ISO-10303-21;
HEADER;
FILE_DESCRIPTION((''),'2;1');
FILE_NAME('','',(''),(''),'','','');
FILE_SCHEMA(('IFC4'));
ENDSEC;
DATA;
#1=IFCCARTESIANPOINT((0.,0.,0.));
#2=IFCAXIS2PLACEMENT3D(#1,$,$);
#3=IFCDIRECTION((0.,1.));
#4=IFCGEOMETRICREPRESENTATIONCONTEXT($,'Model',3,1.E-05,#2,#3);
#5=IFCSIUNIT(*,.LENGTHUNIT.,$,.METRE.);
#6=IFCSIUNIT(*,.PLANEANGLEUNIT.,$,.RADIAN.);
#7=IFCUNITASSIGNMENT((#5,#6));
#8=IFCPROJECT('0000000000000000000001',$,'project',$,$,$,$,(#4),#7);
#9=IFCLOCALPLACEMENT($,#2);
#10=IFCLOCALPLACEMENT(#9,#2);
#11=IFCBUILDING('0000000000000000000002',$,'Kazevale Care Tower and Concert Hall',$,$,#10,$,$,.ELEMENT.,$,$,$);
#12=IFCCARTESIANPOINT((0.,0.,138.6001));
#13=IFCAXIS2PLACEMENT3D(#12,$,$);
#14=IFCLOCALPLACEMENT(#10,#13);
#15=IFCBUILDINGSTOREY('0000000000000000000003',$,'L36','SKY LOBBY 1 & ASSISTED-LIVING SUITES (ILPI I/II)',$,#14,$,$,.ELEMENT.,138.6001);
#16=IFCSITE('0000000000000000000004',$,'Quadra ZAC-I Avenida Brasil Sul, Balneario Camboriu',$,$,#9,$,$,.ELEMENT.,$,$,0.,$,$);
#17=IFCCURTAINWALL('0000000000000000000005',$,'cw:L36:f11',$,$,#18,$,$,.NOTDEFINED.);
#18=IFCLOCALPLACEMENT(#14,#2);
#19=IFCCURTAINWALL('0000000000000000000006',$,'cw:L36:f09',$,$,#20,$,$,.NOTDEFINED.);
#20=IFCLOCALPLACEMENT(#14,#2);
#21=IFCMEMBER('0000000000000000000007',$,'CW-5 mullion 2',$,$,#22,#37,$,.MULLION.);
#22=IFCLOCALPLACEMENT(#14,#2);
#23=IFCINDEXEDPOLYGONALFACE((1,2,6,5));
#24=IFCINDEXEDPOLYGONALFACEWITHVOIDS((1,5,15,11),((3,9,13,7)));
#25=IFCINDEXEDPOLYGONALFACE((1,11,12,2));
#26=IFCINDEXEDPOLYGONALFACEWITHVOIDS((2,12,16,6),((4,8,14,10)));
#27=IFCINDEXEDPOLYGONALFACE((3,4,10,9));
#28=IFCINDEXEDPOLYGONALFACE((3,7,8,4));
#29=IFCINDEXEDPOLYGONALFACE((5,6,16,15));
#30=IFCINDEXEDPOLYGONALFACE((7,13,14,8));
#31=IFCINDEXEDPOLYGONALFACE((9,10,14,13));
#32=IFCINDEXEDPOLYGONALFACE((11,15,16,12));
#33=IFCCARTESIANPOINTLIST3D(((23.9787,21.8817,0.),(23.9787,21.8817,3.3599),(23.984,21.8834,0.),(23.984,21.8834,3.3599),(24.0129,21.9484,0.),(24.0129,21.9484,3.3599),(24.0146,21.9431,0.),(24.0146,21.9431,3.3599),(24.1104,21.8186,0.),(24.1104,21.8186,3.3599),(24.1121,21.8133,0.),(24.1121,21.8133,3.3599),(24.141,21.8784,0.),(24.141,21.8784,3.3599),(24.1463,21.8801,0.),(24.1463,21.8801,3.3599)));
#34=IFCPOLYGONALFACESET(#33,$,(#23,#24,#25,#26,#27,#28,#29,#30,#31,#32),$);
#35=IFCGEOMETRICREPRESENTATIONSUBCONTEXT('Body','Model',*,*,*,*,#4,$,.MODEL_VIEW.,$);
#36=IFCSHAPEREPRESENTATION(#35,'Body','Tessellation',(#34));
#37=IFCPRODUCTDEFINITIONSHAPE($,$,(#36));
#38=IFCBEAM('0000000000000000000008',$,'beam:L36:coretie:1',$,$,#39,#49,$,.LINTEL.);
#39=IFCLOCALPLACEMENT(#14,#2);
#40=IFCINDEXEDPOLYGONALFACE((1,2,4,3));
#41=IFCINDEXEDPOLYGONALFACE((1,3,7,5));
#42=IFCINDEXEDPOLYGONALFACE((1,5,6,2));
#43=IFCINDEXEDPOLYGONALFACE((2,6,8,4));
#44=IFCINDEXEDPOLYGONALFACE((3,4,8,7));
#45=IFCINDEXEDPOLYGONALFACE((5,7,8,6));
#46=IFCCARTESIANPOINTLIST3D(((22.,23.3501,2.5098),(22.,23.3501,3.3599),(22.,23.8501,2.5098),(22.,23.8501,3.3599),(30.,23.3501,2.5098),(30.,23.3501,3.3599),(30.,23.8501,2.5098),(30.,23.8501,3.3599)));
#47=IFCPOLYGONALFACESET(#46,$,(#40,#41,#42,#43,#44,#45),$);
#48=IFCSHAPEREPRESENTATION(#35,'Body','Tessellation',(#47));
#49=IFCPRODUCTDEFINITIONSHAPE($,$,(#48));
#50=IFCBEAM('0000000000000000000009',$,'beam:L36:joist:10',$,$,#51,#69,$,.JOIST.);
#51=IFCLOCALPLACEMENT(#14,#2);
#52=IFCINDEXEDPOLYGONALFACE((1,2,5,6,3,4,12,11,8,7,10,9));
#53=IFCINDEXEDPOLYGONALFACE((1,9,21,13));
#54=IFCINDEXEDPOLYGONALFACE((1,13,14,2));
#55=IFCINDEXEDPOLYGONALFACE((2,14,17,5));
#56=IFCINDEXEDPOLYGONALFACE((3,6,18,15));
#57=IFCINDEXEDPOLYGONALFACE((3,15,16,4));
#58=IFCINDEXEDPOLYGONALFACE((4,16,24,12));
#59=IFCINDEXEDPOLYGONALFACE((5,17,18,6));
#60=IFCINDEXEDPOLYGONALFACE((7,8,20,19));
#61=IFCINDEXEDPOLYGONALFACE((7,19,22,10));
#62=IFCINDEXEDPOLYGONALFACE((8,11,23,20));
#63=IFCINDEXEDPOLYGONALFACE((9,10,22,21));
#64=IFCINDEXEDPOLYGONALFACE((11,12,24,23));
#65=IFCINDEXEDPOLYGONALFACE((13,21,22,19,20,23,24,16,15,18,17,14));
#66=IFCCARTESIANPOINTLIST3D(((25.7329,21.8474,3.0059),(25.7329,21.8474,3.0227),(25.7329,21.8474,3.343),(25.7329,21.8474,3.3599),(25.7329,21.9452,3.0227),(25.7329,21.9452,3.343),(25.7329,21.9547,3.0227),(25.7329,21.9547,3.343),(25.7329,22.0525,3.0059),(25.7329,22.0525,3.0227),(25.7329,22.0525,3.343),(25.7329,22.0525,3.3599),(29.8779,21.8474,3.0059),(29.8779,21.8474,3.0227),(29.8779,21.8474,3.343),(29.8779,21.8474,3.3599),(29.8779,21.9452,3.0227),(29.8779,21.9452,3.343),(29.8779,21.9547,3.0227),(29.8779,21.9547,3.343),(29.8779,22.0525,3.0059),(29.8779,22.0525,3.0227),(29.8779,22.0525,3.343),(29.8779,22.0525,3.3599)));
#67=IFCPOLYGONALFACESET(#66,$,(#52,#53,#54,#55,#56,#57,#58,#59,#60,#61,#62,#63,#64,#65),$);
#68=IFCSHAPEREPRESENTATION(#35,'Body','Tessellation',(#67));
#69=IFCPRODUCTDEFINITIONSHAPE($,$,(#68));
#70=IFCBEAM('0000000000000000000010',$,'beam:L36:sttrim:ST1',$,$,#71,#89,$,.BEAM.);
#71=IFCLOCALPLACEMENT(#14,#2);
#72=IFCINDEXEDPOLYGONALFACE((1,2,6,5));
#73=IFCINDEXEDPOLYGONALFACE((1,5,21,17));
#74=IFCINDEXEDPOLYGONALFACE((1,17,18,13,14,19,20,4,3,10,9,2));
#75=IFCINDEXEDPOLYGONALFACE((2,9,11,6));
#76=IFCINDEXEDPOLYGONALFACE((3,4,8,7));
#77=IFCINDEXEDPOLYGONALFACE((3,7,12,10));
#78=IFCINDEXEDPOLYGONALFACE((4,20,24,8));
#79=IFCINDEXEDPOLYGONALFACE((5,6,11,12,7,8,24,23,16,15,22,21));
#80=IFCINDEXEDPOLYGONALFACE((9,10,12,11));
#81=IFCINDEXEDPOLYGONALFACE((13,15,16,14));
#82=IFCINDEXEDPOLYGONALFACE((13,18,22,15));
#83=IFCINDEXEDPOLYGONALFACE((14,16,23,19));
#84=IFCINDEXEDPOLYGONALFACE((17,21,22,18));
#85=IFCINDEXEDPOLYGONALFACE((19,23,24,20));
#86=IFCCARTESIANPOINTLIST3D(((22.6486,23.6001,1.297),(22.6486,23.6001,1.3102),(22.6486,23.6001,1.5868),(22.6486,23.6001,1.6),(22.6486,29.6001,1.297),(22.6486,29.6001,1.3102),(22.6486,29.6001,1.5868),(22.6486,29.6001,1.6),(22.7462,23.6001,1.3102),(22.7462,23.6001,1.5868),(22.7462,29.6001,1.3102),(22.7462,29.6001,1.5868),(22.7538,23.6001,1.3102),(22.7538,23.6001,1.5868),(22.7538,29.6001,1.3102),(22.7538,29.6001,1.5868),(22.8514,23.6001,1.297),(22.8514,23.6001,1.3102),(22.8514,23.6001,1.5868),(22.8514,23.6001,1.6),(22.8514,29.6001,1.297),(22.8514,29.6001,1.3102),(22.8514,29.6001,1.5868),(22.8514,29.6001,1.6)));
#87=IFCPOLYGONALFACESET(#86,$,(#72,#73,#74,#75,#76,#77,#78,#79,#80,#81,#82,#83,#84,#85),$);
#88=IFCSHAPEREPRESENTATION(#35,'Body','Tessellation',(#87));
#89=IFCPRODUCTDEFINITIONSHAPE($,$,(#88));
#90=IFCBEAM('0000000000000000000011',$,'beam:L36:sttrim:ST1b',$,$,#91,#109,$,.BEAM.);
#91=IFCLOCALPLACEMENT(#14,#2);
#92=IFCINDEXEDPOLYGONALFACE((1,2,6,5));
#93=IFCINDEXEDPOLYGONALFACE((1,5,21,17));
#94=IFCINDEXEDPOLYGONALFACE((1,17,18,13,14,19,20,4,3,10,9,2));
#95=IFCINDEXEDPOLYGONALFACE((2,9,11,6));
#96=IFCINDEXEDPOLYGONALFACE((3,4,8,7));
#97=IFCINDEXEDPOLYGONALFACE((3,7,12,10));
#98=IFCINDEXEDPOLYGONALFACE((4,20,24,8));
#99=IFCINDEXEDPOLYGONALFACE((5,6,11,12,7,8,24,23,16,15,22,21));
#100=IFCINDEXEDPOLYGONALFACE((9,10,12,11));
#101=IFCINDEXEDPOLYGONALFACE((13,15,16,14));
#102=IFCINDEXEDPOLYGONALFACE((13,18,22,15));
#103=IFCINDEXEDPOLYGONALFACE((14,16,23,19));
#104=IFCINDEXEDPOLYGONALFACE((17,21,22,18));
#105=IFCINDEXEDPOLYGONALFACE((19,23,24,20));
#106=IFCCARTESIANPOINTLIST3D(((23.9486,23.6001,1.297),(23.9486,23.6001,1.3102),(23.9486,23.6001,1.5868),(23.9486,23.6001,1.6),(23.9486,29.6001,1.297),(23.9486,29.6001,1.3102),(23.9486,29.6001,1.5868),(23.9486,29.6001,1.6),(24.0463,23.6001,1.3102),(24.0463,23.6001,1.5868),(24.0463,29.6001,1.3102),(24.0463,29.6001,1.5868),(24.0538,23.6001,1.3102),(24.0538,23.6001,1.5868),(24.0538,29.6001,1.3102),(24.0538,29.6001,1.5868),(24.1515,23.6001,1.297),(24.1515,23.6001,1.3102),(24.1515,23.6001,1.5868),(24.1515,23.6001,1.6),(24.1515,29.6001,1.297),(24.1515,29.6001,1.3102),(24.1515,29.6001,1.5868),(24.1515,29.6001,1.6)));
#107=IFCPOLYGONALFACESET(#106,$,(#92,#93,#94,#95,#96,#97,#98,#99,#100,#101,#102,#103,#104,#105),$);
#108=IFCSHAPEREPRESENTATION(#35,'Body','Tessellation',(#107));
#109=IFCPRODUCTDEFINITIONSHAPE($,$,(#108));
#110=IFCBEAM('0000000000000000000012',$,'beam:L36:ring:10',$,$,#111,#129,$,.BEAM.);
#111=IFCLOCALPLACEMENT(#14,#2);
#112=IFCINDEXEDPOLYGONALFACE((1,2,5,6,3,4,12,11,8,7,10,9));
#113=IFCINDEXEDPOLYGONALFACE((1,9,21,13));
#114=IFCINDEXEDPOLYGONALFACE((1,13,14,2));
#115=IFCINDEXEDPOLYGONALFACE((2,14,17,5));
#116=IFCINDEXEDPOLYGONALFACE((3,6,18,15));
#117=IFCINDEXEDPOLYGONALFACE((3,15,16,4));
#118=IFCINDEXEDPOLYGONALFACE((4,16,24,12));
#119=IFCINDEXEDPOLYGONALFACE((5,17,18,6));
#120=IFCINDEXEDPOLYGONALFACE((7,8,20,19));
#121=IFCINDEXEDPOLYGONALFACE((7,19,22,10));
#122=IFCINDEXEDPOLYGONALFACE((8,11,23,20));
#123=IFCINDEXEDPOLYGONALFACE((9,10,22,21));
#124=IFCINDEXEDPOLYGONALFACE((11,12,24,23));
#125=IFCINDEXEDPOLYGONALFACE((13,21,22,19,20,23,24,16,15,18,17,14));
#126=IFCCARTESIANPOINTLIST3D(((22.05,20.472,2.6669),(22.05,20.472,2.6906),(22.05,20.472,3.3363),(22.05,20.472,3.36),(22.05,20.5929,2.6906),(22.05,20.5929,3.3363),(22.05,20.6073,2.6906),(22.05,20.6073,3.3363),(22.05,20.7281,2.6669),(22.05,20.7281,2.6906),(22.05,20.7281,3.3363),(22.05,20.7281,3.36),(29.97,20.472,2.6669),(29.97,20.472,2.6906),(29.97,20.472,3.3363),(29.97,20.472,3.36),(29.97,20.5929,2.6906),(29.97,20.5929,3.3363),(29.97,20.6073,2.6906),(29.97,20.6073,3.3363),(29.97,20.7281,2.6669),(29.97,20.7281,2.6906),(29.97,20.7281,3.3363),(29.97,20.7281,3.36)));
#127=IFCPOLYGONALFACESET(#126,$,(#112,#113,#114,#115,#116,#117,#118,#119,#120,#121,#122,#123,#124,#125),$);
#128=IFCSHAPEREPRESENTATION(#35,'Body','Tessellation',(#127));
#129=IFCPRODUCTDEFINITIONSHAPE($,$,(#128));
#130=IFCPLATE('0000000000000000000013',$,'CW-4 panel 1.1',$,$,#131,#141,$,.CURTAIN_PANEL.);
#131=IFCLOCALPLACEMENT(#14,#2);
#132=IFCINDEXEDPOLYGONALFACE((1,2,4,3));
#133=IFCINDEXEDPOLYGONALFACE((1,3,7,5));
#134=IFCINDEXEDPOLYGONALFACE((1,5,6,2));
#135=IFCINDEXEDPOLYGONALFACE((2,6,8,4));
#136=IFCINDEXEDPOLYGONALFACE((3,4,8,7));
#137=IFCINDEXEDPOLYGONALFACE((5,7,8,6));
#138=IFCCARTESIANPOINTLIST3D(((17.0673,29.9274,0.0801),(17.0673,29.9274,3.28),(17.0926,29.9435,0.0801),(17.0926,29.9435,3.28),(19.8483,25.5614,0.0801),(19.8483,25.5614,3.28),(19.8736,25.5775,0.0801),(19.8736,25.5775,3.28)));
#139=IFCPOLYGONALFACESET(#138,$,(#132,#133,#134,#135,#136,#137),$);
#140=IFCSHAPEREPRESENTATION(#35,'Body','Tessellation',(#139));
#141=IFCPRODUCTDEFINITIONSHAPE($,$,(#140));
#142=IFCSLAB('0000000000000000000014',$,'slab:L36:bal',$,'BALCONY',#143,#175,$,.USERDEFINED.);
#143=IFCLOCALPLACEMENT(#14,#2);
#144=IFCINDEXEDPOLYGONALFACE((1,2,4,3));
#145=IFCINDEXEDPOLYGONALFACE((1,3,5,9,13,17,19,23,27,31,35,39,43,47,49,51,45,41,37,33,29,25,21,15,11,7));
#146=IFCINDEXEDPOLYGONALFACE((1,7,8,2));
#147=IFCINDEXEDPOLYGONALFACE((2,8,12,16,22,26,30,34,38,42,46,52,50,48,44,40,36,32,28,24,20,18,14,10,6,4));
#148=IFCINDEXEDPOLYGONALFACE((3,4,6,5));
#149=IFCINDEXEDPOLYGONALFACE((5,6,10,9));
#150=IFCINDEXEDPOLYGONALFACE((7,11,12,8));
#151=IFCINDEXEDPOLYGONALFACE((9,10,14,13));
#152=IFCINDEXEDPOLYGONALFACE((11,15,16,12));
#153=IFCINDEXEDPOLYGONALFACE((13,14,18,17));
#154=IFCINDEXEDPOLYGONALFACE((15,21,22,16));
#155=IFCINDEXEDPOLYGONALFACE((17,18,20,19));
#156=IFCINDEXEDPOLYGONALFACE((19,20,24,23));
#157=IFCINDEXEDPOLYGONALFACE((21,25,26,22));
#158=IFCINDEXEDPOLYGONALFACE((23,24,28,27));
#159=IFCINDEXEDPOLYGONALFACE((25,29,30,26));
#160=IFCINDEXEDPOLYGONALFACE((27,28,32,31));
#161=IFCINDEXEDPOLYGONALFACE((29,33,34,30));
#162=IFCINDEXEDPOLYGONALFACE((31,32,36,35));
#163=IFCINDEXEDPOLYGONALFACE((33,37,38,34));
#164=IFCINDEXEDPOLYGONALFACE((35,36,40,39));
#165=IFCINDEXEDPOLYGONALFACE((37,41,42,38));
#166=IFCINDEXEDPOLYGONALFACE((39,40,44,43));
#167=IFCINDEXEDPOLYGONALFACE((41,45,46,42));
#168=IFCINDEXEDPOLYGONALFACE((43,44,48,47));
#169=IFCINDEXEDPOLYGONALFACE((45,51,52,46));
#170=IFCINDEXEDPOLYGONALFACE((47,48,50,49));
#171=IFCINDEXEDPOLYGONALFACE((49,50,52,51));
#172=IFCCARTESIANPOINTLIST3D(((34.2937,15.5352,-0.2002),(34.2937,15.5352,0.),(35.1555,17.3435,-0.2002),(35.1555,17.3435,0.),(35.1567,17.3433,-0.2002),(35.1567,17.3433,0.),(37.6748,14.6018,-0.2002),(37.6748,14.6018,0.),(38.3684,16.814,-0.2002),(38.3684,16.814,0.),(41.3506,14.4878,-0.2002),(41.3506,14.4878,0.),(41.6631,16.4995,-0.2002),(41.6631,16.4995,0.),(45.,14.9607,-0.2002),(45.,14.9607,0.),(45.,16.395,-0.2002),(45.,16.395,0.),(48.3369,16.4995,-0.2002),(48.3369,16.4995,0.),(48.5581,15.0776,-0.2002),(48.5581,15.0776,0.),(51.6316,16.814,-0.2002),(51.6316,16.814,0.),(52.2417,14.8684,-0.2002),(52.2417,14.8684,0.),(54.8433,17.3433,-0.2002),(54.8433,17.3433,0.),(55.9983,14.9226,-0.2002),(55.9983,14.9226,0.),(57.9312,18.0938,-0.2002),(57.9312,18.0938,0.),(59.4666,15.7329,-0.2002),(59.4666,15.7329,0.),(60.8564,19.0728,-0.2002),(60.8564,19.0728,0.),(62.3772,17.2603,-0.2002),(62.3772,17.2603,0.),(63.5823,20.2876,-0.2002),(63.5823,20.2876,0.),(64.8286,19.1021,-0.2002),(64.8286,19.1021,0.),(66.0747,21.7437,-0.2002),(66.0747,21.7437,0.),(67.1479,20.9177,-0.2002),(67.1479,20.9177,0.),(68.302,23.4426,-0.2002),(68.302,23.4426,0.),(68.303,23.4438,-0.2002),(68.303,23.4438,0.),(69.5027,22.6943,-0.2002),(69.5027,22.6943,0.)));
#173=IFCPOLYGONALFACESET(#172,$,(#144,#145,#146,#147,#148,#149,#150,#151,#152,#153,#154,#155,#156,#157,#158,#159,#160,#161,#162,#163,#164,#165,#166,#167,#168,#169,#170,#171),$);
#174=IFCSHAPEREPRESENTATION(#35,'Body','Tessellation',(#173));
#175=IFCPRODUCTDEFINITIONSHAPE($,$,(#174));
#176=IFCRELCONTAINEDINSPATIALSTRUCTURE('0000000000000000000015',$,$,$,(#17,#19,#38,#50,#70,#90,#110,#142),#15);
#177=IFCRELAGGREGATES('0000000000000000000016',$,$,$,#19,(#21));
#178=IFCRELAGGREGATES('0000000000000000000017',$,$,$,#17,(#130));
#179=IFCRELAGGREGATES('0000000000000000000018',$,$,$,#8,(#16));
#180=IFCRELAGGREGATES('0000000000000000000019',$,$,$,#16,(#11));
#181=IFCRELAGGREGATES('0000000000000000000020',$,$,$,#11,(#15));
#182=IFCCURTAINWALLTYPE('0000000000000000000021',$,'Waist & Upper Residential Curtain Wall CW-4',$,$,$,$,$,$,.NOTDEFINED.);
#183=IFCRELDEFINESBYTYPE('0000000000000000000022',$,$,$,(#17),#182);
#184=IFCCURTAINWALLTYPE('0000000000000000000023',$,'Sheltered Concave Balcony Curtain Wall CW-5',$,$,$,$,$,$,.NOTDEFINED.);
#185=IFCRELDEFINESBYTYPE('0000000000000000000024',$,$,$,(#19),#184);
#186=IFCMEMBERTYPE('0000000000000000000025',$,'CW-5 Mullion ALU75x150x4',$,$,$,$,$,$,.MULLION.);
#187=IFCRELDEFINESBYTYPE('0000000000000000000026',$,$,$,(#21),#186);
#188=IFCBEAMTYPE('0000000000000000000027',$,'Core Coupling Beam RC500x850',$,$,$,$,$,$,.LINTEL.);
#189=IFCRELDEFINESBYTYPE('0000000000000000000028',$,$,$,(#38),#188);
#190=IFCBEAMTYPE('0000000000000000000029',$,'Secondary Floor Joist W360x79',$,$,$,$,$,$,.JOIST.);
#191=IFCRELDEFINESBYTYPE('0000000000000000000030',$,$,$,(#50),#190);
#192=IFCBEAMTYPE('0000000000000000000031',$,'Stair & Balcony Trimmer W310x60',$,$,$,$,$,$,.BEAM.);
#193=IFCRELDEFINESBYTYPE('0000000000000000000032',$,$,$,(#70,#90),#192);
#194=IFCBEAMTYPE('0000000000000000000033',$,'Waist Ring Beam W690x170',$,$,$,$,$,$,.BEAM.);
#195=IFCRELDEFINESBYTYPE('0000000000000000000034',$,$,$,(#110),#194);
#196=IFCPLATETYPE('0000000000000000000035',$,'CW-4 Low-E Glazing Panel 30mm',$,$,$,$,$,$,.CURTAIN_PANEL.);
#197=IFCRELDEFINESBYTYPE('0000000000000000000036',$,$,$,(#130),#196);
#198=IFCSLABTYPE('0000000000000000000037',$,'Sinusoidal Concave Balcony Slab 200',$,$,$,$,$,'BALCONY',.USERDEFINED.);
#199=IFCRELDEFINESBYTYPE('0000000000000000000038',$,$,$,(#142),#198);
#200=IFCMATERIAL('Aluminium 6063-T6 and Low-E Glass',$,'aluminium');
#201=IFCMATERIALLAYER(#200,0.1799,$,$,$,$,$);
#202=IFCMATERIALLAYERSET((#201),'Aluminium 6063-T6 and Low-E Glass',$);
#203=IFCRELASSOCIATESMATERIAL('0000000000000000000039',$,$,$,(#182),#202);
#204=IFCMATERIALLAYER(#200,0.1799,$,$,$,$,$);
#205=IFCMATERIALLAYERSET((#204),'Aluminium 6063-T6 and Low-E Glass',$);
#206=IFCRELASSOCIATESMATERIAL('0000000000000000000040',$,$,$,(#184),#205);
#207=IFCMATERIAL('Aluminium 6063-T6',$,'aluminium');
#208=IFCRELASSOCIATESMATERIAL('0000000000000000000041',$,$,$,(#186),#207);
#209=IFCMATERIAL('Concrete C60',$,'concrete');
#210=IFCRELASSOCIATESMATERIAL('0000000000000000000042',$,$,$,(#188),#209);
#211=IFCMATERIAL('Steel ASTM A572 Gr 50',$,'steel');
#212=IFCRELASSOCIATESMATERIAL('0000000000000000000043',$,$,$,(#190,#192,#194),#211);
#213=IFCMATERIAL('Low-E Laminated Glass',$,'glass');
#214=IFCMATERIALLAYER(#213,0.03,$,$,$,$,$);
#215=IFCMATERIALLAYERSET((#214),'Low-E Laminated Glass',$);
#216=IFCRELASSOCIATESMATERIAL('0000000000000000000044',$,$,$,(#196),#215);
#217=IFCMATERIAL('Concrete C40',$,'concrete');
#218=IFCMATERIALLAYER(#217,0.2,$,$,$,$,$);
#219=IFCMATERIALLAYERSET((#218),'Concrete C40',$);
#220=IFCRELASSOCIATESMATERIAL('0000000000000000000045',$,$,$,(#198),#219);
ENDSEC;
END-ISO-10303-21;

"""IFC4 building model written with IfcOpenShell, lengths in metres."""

from ifc_helpers import new_model, si_unit, direction, frame, origin, origin_2d, place, context, subcontext, project, spatial, polyline, rectangle, hollow_rectangle, i_section, outline, extrude, material, layer, layer_set, material_profile, profile_set, type_object, element, aggregate, save


model = new_model("IFC4")

# Units and contexts
model_context = context("Model", 3, precision=1e-05, world=origin(), true_north=direction((0.0, 1.0)))
body_context = subcontext(model_context, "Body", "Model", "MODEL_VIEW")
ifc_project = project(units=[si_unit("LENGTHUNIT", "METRE"), si_unit("PLANEANGLEUNIT", "RADIAN")], contexts=[model_context])

# Site, building, storey
site_placement = place(None, origin())
site = spatial("IfcSite", under=ifc_project, at=site_placement, Name="Quadra ZAC-I Avenida Brasil Sul, Balneario Camboriu", CompositionType="ELEMENT", RefElevation=0.0)
building_placement = place(site_placement, origin())
building = spatial("IfcBuilding", under=site, at=building_placement, Name="Kazevale Care Tower and Concert Hall", CompositionType="ELEMENT")
storey_placement = place(building_placement, frame((0.0, 0.0, 138.6001)))
storey = spatial("IfcBuildingStorey", under=building, at=storey_placement, Name="L36", Description="SKY LOBBY 1 & ASSISTED-LIVING SUITES (ILPI I/II)", CompositionType="ELEMENT", Elevation=138.6001)

# Shared definitions
ifc_material_1 = material(Name="Concrete C60", Category="concrete")

# Curtain wall
ifc_material_2 = material(Name="Aluminium 6063-T6 and Low-E Glass", Category="aluminium")
ifc_layer_1 = layer(ifc_material_2, 0.1799)
ifc_layer_set_1 = layer_set([ifc_layer_1], Name="Aluminium 6063-T6 and Low-E Glass")
curtain_wall_type_1 = type_object("IfcCurtainWallType", Name="Waist & Upper Residential Curtain Wall CW-4", PredefinedType="NOTDEFINED", material=ifc_layer_set_1)
curtain_wall_1_placement = place(storey_placement, origin())
curtain_wall_1 = element("IfcCurtainWall", 1, at=curtain_wall_1_placement, inside=storey, type_object=curtain_wall_type_1, Name="cw:L36:f11", PredefinedType="NOTDEFINED")
ifc_material_3 = material(Name="Aluminium 6063-T6", Category="aluminium")

# Curtain wall, member
ifc_layer_2 = layer(ifc_material_2, 0.1799)
ifc_layer_set_2 = layer_set([ifc_layer_2], Name="Aluminium 6063-T6 and Low-E Glass")
curtain_wall_type_2 = type_object("IfcCurtainWallType", Name="Sheltered Concave Balcony Curtain Wall CW-5", PredefinedType="NOTDEFINED", material=ifc_layer_set_2)
curtain_wall_2_placement = place(storey_placement, origin())
curtain_wall_2 = element("IfcCurtainWall", 2, at=curtain_wall_2_placement, inside=storey, type_object=curtain_wall_type_2, Name="cw:L36:f09", PredefinedType="NOTDEFINED")
ifc_material_profile_1 = material_profile(ifc_material_3, hollow_rectangle(XDim=0.075, YDim=0.1499, WallThickness=0.0039, at=origin_2d()), Name="ALU75x150x4")
ifc_profile_set_1 = profile_set([ifc_material_profile_1], Name="Aluminium 6063-T6")
member_type_1 = type_object("IfcMemberType", Name="CW-5 Mullion ALU75x150x4", PredefinedType="MULLION", material=ifc_profile_set_1)
member_1_placement = place(storey_placement, frame((24.0625, 21.8809, 0.0), z_axis=(0.0, 0.0, 1.0), x_axis=(-0.455713, -0.890127, 0.0)))
member_1 = element("IfcMember", 3, at=member_1_placement, type_object=member_type_1, Name="CW-5 mullion 2", PredefinedType="MULLION", context=body_context, shape_type="SweptSolid", body=[
    extrude(hollow_rectangle(XDim=0.075, YDim=0.1499, WallThickness=0.0039, at=origin_2d()), origin(), (0.0, 0.0, 1.0), 3.3599),
])
aggregate(curtain_wall_2, [member_1])

# Beams
ifc_material_profile_2 = material_profile(ifc_material_1, rectangle(XDim=0.5, YDim=0.8501, at=origin_2d()), Name="RC-B500x850")
ifc_profile_set_2 = profile_set([ifc_material_profile_2], Name="Concrete C60")
beam_type_1 = type_object("IfcBeamType", Name="Core Coupling Beam RC500x850", PredefinedType="LINTEL", material=ifc_profile_set_2)
beam_1_placement = place(storey_placement, frame((22.0, 23.6001, 2.9348), z_axis=(1.0, 0.0, 0.0), x_axis=(0.0, 1.0, 0.0)))
element("IfcBeam", 4, at=beam_1_placement, inside=storey, type_object=beam_type_1, Name="beam:L36:coretie:1", PredefinedType="LINTEL", context=body_context, shape_type="SweptSolid", body=[
    extrude(rectangle(XDim=0.5, YDim=0.8501, at=origin_2d()), origin(), (0.0, 0.0, 1.0), 8.0),
])
ifc_material_4 = material(Name="Steel ASTM A572 Gr 50", Category="steel")
ifc_material_profile_3 = material_profile(ifc_material_4, i_section(OverallWidth=0.2051, OverallDepth=0.354, WebThickness=0.0095, FlangeThickness=0.0168, at=origin_2d()), Name="W360x79")
ifc_profile_set_3 = profile_set([ifc_material_profile_3], Name="Steel ASTM A572 Gr 50")
beam_type_2 = type_object("IfcBeamType", Name="Secondary Floor Joist W360x79", PredefinedType="JOIST", material=ifc_profile_set_3)
beam_2_placement = place(storey_placement, frame((25.7329, 21.95, 3.1829), z_axis=(1.0, 0.0, 0.0), x_axis=(0.0, 1.0, 0.0)))
element("IfcBeam", 5, at=beam_2_placement, inside=storey, type_object=beam_type_2, Name="beam:L36:joist:10", PredefinedType="JOIST", context=body_context, shape_type="SweptSolid", body=[
    extrude(i_section(OverallWidth=0.2051, OverallDepth=0.354, WebThickness=0.0095, FlangeThickness=0.0168, at=origin_2d()), origin(), (0.0, 0.0, 1.0), 4.145),
])
ifc_material_profile_4 = material_profile(ifc_material_4, i_section(OverallWidth=0.2029, OverallDepth=0.303, WebThickness=0.0076, FlangeThickness=0.0132, at=origin_2d()), Name="W310x60")
ifc_profile_set_4 = profile_set([ifc_material_profile_4], Name="Steel ASTM A572 Gr 50")
beam_type_3 = type_object("IfcBeamType", Name="Stair & Balcony Trimmer W310x60", PredefinedType="BEAM", material=ifc_profile_set_4)
for number, where, z_axis, x_axis, name in (
    (6, (22.75, 23.6001, 1.4485), (0.0, 1.0, 0.0), (-1.0, 0.0, 0.0), "beam:L36:sttrim:ST1"),
    (7, (24.05, 23.6001, 1.4485), (0.0, 1.0, 0.0), (-1.0, 0.0, 0.0), "beam:L36:sttrim:ST1b"),
):
    element("IfcBeam", number, at=place(storey_placement, frame(where, z_axis=z_axis, x_axis=x_axis)), inside=storey, type_object=beam_type_3, Name=name, PredefinedType="BEAM", context=body_context, shape_type="SweptSolid", body=[
        extrude(i_section(OverallWidth=0.2029, OverallDepth=0.303, WebThickness=0.0076, FlangeThickness=0.0132, at=origin_2d()), origin(), (0.0, 0.0, 1.0), 6.0),
    ])
ifc_material_profile_5 = material_profile(ifc_material_4, i_section(OverallWidth=0.2561, OverallDepth=0.6931, WebThickness=0.0144, FlangeThickness=0.0237, at=origin_2d()), Name="W690x170")
ifc_profile_set_5 = profile_set([ifc_material_profile_5], Name="Steel ASTM A572 Gr 50")
beam_type_4 = type_object("IfcBeamType", Name="Waist Ring Beam W690x170", PredefinedType="BEAM", material=ifc_profile_set_5)
beam_3_placement = place(storey_placement, frame((22.05, 20.6001, 3.0134), z_axis=(1.0, 0.0, 0.0), x_axis=(0.0, 1.0, 0.0)))
element("IfcBeam", 8, at=beam_3_placement, inside=storey, type_object=beam_type_4, Name="beam:L36:ring:10", PredefinedType="BEAM", context=body_context, shape_type="SweptSolid", body=[
    extrude(i_section(OverallWidth=0.2561, OverallDepth=0.6931, WebThickness=0.0144, FlangeThickness=0.0237, at=origin_2d()), origin(), (0.0, 0.0, 1.0), 7.9199),
])

# Plate
ifc_material_5 = material(Name="Low-E Laminated Glass", Category="glass")
ifc_layer_3 = layer(ifc_material_5, 0.03)
ifc_layer_set_3 = layer_set([ifc_layer_3], Name="Low-E Laminated Glass")
plate_type = type_object("IfcPlateType", Name="CW-4 Low-E Glazing Panel 30mm", PredefinedType="CURTAIN_PANEL", material=ifc_layer_set_3)
plate_placement = place(storey_placement, frame((18.4705, 27.7524, 0.0801), z_axis=(0.0, 0.0, 1.0), x_axis=(-0.537239, 0.84343, 0.0)))
plate = element("IfcPlate", 9, at=plate_placement, type_object=plate_type, Name="CW-4 panel 1.1", PredefinedType="CURTAIN_PANEL", context=body_context, shape_type="SweptSolid", body=[
    extrude(rectangle(XDim=5.1765, YDim=0.03, at=origin_2d()), origin(), (0.0, 0.0, 1.0), 3.2),
])
aggregate(curtain_wall_1, [plate])

# Slab
ifc_material_6 = material(Name="Concrete C40", Category="concrete")
ifc_layer_4 = layer(ifc_material_6, 0.2)
ifc_layer_set_4 = layer_set([ifc_layer_4], Name="Concrete C40")
slab_type_1 = type_object("IfcSlabType", Name="Sinusoidal Concave Balcony Slab 200", ElementType="BALCONY", PredefinedType="USERDEFINED", material=ifc_layer_set_4)
slab_1_placement = place(storey_placement, frame((0.0, 0.0, -0.2002)))
element("IfcSlab", 10, at=slab_1_placement, inside=storey, type_object=slab_type_1, Name="slab:L36:bal", ObjectType="BALCONY", PredefinedType="USERDEFINED", context=body_context, shape_type="SweptSolid", body=[
    extrude(outline(polyline([(69.5027, 22.6943), (67.1479, 20.9177), (64.8286, 19.1021), (62.3772, 17.2603), (59.4666, 15.7329), (55.9983, 14.9226), (52.2417, 14.8684), (48.5581, 15.0776), (45.0, 14.9607), (41.3506, 14.4878), (37.6748, 14.6018), (34.2937, 15.5352), (35.1555, 17.3435), (35.1567, 17.3433), (38.3684, 16.814), (41.6631, 16.4995), (45.0, 16.395), (48.3369, 16.4995), (51.6316, 16.814), (54.8433, 17.3433), (57.9312, 18.0938), (60.8564, 19.0728), (63.5823, 20.2876), (66.0747, 21.7437), (68.302, 23.4426), (68.303, 23.4438), (69.5027, 22.6943)])), origin(), (0.0, 0.0, 1.0), 0.2002),
])

save(model, "model.ifc")
